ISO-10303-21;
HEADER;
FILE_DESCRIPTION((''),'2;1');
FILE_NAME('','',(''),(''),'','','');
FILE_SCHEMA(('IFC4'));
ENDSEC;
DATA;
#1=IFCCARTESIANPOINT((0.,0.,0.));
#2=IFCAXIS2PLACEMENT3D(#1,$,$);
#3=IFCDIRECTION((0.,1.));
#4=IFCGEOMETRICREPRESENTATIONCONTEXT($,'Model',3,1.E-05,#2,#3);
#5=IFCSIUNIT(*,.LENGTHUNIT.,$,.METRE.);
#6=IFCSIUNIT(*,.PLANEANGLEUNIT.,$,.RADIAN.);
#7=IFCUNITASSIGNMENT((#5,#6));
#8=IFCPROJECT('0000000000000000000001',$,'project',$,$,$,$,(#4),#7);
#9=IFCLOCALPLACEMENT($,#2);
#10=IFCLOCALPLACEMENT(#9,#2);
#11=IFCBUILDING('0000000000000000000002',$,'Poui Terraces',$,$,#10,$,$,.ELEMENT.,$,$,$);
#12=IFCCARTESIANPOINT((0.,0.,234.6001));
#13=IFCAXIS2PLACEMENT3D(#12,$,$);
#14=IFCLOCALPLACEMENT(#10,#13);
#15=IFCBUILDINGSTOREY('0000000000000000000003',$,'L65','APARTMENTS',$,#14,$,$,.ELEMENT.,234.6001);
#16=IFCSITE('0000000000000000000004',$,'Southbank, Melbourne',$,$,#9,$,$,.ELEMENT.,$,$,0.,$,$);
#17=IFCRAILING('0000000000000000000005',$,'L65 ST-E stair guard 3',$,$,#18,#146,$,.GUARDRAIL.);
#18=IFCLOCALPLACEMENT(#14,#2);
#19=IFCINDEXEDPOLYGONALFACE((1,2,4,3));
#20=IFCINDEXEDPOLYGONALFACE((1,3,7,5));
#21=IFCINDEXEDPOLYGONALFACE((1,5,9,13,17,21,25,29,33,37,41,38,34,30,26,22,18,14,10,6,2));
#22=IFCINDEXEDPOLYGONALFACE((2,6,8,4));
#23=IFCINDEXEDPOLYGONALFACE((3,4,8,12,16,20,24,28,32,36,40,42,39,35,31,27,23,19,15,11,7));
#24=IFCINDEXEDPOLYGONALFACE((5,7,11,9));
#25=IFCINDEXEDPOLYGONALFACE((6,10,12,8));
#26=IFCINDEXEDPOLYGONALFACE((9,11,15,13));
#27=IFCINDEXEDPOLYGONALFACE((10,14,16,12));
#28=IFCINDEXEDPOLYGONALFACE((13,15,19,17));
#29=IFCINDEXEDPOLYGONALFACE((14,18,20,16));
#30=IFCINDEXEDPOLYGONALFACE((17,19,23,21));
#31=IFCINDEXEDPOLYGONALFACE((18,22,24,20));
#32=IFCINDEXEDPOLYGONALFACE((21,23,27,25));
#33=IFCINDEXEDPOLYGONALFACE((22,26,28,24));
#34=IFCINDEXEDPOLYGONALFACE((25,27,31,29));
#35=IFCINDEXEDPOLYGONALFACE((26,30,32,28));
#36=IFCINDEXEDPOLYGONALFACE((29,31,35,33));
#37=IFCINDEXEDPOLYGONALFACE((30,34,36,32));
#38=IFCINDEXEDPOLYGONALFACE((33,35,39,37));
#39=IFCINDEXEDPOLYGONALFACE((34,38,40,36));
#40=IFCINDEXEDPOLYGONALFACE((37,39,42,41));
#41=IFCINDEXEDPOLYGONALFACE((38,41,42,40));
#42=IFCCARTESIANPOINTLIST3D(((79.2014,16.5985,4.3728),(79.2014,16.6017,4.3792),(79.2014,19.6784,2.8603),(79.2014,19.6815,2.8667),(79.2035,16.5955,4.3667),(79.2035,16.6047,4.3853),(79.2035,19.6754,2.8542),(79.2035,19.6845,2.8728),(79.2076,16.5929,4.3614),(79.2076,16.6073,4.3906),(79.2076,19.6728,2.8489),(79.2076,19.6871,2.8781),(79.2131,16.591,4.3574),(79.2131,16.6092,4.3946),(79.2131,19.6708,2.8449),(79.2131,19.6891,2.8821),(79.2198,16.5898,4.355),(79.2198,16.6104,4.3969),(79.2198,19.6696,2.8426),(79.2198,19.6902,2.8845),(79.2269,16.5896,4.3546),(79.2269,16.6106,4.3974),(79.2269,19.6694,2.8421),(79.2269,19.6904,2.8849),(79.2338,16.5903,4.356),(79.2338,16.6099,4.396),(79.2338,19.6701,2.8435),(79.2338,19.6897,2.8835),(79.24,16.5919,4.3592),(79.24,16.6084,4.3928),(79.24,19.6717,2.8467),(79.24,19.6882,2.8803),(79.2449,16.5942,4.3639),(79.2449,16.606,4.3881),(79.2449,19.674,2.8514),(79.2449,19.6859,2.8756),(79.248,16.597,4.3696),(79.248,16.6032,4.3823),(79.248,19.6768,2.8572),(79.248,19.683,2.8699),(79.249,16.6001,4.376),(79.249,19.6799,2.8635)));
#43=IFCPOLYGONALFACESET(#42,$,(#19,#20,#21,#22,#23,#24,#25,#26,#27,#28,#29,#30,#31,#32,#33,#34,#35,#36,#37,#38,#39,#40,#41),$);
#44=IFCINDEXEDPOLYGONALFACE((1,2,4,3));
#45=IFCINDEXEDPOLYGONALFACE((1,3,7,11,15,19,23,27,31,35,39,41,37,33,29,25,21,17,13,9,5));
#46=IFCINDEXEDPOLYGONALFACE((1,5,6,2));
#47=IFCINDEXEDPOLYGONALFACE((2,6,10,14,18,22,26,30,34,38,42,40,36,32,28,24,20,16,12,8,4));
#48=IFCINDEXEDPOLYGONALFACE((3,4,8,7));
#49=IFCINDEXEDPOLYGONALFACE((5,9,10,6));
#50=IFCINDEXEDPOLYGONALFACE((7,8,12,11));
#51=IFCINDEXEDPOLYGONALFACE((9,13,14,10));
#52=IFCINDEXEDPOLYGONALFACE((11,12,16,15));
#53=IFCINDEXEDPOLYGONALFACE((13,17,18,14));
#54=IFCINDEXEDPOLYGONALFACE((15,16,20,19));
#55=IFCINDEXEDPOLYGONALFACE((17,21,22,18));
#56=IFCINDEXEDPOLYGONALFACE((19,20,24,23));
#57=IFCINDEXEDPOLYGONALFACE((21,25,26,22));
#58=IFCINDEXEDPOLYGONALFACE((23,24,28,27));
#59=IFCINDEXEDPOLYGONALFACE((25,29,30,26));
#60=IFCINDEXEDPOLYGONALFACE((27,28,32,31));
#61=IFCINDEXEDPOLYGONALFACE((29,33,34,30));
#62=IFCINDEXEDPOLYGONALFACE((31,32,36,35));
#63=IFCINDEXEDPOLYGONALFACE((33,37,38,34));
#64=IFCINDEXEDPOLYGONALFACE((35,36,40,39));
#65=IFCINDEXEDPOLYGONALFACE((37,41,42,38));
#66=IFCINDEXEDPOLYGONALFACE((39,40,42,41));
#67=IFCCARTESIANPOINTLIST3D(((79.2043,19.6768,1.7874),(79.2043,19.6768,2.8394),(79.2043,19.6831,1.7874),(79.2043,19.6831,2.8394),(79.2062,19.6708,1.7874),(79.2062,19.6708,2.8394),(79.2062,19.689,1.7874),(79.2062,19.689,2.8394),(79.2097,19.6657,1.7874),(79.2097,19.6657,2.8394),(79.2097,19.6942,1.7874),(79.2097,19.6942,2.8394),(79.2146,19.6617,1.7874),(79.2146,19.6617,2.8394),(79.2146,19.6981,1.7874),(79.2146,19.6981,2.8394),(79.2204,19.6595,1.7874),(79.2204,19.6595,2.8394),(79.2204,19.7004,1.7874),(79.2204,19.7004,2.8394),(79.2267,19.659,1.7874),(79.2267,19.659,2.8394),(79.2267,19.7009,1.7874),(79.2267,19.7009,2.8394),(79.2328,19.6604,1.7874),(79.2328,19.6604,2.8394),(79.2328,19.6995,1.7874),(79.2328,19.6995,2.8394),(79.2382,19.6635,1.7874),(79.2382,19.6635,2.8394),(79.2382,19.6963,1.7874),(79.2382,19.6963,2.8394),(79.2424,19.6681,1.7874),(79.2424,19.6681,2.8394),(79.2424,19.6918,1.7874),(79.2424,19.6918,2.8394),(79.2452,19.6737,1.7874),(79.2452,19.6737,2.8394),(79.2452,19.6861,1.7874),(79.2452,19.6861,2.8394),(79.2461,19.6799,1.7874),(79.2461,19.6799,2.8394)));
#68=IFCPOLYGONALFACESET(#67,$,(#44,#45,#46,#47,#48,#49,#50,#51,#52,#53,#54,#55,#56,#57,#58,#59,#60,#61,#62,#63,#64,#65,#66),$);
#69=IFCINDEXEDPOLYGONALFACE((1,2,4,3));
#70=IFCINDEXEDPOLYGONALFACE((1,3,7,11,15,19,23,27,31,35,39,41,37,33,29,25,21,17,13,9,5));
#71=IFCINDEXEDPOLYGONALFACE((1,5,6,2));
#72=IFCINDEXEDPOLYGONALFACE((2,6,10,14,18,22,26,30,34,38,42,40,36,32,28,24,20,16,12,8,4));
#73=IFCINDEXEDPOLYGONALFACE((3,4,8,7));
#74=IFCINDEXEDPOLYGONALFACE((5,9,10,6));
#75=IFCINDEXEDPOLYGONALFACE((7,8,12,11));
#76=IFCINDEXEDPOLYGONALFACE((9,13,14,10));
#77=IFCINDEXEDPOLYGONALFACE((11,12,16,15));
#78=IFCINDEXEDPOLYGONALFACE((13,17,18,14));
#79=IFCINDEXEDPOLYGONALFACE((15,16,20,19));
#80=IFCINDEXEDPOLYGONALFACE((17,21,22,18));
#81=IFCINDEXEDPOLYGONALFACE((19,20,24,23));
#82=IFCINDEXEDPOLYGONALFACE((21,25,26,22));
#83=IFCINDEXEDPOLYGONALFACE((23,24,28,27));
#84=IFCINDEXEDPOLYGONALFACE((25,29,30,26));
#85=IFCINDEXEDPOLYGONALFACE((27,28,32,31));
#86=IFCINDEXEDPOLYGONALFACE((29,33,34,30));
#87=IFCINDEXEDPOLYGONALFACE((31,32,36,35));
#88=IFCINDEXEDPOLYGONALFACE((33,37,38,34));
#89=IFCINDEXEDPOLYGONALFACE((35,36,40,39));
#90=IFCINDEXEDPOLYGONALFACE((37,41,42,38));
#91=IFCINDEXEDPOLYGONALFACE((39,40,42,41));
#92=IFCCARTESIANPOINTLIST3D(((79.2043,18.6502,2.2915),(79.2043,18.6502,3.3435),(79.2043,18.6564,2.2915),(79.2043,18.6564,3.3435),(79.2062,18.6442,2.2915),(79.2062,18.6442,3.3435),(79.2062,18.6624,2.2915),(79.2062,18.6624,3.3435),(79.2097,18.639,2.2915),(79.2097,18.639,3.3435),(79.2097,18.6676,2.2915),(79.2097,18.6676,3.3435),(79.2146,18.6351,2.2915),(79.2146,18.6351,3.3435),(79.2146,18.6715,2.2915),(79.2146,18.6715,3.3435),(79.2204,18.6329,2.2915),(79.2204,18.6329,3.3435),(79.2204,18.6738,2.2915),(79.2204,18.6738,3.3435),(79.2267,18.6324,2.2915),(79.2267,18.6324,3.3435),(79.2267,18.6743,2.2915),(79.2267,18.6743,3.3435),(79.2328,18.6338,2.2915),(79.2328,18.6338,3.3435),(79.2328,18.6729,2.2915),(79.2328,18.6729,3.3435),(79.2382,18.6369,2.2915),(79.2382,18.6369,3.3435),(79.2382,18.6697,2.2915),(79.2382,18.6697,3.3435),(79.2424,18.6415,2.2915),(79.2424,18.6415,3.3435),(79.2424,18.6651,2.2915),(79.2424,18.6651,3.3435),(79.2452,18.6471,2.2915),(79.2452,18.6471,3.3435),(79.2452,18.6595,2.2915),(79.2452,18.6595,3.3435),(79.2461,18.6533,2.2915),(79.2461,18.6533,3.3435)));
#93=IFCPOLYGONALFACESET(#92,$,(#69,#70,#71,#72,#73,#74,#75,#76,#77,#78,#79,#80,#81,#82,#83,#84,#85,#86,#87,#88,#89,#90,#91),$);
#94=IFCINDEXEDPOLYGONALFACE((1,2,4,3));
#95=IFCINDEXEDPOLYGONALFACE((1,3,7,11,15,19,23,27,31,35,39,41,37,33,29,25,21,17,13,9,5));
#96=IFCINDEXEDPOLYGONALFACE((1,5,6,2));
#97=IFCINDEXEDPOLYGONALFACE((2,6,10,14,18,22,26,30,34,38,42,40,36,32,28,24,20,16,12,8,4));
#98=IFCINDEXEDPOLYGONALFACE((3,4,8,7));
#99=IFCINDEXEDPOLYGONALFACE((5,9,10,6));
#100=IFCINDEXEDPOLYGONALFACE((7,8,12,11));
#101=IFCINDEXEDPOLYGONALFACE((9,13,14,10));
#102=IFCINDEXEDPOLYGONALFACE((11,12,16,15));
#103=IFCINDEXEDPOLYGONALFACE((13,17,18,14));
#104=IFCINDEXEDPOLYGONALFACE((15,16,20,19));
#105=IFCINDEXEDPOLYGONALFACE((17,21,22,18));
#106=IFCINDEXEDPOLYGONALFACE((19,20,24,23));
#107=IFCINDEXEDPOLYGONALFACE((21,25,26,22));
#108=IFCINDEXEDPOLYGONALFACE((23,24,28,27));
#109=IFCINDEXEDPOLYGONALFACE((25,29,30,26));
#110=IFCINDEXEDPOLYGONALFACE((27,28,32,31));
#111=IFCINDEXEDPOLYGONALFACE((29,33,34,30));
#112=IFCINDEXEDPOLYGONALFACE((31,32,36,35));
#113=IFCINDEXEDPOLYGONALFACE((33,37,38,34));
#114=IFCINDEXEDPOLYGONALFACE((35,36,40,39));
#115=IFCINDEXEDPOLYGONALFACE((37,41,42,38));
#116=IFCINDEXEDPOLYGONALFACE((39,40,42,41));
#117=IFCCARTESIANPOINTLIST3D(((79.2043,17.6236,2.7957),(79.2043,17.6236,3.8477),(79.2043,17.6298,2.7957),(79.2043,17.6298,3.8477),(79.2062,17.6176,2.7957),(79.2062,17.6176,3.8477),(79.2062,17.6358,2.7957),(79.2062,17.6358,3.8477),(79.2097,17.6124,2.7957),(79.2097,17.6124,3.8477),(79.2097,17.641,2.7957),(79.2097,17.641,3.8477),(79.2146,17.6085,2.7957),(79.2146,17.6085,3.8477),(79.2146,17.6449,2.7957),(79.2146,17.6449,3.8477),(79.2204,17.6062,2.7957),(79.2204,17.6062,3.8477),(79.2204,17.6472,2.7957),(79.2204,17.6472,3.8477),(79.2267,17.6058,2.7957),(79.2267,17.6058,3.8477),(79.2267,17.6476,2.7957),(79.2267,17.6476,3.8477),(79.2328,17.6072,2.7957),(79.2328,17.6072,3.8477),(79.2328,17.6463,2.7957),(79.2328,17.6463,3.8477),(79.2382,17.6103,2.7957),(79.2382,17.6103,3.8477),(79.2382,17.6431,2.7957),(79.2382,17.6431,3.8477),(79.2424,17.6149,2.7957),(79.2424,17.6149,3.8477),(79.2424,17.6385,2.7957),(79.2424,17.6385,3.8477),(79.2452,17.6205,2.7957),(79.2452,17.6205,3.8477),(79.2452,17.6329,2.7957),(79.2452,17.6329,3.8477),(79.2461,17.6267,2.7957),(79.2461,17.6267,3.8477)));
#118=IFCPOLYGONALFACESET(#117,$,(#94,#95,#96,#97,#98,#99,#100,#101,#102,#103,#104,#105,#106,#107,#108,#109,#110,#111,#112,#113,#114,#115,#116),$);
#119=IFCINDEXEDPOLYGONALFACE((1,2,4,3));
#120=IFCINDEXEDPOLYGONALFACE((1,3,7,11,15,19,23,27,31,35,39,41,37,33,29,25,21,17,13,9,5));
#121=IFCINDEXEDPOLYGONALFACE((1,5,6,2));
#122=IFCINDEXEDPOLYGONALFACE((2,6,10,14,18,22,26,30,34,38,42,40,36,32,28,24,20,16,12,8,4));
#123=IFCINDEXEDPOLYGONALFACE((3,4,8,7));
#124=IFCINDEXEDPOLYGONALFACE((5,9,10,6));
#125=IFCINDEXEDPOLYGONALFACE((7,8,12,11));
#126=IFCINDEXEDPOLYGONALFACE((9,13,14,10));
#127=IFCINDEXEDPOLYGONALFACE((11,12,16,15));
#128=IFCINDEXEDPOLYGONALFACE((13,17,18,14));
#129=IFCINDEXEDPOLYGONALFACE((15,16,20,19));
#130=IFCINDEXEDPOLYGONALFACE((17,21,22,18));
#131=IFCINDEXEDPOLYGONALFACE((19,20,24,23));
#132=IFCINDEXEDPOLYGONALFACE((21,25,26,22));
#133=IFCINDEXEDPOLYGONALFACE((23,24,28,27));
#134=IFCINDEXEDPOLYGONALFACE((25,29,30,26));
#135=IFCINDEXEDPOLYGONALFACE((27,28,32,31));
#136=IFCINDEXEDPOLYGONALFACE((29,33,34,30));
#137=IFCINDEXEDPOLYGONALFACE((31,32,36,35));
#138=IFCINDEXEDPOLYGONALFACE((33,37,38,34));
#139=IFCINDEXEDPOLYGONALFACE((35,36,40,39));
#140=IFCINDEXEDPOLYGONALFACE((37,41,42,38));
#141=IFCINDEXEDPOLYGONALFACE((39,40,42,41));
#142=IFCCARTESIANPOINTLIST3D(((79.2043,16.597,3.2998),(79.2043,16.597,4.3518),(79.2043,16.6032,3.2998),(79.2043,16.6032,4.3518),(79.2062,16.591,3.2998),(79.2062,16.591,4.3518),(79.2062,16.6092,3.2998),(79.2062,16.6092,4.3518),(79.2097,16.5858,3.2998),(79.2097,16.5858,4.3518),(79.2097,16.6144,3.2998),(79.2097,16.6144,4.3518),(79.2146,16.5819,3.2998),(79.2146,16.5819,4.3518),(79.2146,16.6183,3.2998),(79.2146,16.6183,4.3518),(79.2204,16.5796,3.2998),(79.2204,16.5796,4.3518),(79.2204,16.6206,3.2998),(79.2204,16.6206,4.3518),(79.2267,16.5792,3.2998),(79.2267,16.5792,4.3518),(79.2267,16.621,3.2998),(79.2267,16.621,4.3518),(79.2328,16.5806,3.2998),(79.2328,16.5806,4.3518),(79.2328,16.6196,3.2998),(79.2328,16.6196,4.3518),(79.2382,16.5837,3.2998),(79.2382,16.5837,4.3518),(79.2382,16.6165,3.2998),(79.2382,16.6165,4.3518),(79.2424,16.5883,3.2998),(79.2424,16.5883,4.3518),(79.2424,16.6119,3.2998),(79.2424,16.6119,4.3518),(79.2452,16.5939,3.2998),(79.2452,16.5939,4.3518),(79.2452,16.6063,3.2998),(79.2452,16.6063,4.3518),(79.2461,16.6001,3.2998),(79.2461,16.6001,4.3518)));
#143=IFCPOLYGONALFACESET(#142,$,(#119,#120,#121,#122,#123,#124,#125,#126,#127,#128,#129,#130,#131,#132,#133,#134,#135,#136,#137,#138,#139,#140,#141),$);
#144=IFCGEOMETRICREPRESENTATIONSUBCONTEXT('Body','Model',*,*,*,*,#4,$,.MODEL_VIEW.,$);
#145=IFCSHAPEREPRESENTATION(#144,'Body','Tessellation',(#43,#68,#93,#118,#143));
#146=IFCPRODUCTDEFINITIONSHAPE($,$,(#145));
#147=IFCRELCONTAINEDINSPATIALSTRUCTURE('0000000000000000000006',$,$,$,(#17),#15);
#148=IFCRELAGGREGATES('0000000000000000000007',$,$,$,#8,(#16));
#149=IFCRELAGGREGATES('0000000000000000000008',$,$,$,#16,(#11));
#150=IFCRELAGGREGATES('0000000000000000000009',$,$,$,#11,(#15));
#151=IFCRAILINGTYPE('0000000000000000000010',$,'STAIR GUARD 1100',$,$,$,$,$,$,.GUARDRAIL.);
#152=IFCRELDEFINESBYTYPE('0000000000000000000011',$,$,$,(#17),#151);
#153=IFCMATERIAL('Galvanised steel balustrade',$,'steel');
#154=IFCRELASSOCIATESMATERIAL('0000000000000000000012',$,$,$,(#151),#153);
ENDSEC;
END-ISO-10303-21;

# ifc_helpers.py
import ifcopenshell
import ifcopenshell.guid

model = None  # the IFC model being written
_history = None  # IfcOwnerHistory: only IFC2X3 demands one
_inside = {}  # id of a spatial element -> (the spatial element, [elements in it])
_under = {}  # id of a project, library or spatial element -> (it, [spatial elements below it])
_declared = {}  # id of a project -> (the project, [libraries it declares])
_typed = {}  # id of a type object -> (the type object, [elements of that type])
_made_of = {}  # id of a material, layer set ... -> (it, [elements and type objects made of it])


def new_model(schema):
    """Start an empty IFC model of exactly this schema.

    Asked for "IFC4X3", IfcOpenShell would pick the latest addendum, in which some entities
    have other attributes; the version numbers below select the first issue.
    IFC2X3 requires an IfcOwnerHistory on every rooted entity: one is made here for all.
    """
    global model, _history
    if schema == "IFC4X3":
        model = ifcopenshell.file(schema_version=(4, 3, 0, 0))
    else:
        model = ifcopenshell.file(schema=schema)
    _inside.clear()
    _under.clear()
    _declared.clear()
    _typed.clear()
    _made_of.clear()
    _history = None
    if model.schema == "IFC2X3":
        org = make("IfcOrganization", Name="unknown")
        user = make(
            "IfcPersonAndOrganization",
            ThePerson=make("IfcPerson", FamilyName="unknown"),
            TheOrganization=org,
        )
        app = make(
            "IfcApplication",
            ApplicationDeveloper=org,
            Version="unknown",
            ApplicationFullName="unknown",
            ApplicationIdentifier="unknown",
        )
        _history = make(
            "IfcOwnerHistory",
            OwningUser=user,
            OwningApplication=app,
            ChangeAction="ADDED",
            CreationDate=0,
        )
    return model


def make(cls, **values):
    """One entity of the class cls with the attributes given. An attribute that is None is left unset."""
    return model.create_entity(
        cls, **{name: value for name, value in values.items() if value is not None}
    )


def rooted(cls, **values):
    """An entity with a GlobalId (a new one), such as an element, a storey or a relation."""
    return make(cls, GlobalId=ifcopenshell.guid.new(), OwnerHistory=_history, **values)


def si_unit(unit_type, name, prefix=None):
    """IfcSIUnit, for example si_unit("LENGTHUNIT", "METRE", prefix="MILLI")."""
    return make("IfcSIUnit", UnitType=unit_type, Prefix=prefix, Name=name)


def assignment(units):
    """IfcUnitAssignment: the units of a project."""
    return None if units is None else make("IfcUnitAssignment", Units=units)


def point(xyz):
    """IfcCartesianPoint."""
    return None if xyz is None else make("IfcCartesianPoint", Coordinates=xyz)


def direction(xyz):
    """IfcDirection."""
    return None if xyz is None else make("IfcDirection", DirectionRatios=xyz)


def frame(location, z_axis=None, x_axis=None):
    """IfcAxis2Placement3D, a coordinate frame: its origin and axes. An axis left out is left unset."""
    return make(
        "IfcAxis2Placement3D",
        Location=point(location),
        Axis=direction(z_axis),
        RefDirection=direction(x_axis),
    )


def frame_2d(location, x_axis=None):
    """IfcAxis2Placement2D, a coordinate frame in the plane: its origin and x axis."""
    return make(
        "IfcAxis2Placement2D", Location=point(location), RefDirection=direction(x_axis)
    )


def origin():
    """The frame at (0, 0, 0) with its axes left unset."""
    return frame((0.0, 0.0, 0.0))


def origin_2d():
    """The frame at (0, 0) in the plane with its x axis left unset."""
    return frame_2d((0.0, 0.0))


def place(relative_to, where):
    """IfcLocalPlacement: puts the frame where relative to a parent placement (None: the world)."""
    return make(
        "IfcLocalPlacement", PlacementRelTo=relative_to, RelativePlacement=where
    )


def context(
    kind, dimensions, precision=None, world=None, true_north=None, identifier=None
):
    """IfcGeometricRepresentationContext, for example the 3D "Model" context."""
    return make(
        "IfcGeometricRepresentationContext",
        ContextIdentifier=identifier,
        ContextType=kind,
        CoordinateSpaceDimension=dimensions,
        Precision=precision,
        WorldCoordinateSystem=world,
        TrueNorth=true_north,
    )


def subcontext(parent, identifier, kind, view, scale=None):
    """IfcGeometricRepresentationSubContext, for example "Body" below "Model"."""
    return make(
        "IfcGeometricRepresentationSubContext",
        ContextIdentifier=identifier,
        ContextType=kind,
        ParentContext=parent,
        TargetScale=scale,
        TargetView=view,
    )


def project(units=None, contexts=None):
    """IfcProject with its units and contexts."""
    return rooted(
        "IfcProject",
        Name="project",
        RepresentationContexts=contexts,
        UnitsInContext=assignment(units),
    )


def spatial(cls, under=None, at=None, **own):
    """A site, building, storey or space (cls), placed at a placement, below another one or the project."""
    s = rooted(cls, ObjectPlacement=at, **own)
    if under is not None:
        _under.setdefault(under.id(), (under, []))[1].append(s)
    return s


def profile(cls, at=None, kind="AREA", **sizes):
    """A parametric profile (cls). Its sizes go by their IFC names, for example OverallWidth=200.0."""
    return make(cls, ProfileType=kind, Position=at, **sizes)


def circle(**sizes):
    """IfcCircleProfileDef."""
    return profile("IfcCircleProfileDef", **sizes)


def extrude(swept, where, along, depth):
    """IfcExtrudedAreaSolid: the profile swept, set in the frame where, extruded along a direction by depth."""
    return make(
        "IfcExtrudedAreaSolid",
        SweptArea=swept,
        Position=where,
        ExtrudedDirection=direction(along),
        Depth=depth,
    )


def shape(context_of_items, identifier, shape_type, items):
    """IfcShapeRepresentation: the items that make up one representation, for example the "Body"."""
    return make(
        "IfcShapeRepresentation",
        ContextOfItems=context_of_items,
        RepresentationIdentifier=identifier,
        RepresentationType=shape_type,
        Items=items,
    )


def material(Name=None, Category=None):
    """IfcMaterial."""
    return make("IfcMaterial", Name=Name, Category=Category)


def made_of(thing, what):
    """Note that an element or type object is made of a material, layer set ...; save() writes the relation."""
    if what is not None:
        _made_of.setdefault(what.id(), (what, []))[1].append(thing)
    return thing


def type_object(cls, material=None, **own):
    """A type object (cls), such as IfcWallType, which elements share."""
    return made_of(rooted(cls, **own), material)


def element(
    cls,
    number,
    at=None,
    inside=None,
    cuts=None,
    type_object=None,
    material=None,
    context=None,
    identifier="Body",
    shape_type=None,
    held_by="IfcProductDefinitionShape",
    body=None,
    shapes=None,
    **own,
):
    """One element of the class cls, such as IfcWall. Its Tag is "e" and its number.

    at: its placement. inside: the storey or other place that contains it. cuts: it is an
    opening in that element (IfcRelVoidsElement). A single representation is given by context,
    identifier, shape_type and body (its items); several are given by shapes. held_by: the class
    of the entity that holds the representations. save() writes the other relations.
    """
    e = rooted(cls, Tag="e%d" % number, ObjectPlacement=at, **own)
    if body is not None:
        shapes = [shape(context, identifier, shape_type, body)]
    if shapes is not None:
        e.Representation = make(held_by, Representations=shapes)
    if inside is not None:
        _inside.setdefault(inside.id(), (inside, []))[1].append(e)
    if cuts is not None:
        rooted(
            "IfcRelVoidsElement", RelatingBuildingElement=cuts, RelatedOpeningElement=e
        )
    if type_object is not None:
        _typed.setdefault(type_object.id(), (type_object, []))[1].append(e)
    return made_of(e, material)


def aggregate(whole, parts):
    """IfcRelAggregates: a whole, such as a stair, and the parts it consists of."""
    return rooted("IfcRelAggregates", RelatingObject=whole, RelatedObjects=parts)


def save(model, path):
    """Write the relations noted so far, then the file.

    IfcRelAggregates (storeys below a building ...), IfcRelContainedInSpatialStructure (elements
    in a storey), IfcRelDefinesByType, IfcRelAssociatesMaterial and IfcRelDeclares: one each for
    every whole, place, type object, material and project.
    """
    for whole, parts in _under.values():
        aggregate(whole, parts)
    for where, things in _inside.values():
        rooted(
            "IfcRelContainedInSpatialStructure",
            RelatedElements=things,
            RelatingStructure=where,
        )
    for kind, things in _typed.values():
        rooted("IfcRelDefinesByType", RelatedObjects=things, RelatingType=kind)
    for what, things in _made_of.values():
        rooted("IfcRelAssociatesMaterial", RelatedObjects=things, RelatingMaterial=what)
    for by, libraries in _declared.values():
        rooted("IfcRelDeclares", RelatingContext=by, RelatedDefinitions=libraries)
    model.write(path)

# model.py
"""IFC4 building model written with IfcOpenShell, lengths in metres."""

from ifc_helpers import new_model, si_unit, direction, frame, origin, origin_2d, place, context, subcontext, project, spatial, circle, extrude, material, type_object, element, save


model = new_model("IFC4")

# Units and contexts
model_context = context("Model", 3, precision=1e-05, world=origin(), true_north=direction((0.0, 1.0)))
body_context = subcontext(model_context, "Body", "Model", "MODEL_VIEW")
ifc_project = project(units=[si_unit("LENGTHUNIT", "METRE"), si_unit("PLANEANGLEUNIT", "RADIAN")], contexts=[model_context])

# Site, building, storey
site_placement = place(None, origin())
site = spatial("IfcSite", under=ifc_project, at=site_placement, Name="Southbank, Melbourne", CompositionType="ELEMENT", RefElevation=0.0)
building_placement = place(site_placement, origin())
building = spatial("IfcBuilding", under=site, at=building_placement, Name="Poui Terraces", CompositionType="ELEMENT")
storey_placement = place(building_placement, frame((0.0, 0.0, 234.6001)))
storey = spatial("IfcBuildingStorey", under=building, at=storey_placement, Name="L65", Description="APARTMENTS", CompositionType="ELEMENT", Elevation=234.6001)

# Railing
ifc_material_1 = material(Name="Galvanised steel balustrade", Category="steel")
railing_type_1 = type_object("IfcRailingType", Name="STAIR GUARD 1100", PredefinedType="GUARDRAIL", material=ifc_material_1)
railing_1_placement = place(storey_placement, frame((79.2251, 19.6799, 1.7874)))
element("IfcRailing", 1, at=railing_1_placement, inside=storey, type_object=railing_type_1, Name="L65 ST-E stair guard 3", PredefinedType="GUARDRAIL", context=body_context, shape_type="SweptSolid", body=[
    extrude(circle(Radius=0.0239, at=origin_2d()), frame((0.0, 0.0, 1.0762), z_axis=(0.0, -0.897606, 0.440798), x_axis=(1.0, 0.0, 0.0)), (0.0, 0.0, 1.0), 3.4312),
    extrude(circle(Radius=0.021, at=origin_2d()), origin(), (0.0, 0.0, 1.0), 1.052),
    extrude(circle(Radius=0.021, at=origin_2d()), frame((0.0, -1.0266, 0.5042)), (0.0, 0.0, 1.0), 1.052),
    extrude(circle(Radius=0.021, at=origin_2d()), frame((0.0, -2.0532, 1.0083)), (0.0, 0.0, 1.0), 1.052),
    extrude(circle(Radius=0.021, at=origin_2d()), frame((0.0, -3.0798, 1.5125)), (0.0, 0.0, 1.0), 1.052),
])

save(model, "model.ifc")
